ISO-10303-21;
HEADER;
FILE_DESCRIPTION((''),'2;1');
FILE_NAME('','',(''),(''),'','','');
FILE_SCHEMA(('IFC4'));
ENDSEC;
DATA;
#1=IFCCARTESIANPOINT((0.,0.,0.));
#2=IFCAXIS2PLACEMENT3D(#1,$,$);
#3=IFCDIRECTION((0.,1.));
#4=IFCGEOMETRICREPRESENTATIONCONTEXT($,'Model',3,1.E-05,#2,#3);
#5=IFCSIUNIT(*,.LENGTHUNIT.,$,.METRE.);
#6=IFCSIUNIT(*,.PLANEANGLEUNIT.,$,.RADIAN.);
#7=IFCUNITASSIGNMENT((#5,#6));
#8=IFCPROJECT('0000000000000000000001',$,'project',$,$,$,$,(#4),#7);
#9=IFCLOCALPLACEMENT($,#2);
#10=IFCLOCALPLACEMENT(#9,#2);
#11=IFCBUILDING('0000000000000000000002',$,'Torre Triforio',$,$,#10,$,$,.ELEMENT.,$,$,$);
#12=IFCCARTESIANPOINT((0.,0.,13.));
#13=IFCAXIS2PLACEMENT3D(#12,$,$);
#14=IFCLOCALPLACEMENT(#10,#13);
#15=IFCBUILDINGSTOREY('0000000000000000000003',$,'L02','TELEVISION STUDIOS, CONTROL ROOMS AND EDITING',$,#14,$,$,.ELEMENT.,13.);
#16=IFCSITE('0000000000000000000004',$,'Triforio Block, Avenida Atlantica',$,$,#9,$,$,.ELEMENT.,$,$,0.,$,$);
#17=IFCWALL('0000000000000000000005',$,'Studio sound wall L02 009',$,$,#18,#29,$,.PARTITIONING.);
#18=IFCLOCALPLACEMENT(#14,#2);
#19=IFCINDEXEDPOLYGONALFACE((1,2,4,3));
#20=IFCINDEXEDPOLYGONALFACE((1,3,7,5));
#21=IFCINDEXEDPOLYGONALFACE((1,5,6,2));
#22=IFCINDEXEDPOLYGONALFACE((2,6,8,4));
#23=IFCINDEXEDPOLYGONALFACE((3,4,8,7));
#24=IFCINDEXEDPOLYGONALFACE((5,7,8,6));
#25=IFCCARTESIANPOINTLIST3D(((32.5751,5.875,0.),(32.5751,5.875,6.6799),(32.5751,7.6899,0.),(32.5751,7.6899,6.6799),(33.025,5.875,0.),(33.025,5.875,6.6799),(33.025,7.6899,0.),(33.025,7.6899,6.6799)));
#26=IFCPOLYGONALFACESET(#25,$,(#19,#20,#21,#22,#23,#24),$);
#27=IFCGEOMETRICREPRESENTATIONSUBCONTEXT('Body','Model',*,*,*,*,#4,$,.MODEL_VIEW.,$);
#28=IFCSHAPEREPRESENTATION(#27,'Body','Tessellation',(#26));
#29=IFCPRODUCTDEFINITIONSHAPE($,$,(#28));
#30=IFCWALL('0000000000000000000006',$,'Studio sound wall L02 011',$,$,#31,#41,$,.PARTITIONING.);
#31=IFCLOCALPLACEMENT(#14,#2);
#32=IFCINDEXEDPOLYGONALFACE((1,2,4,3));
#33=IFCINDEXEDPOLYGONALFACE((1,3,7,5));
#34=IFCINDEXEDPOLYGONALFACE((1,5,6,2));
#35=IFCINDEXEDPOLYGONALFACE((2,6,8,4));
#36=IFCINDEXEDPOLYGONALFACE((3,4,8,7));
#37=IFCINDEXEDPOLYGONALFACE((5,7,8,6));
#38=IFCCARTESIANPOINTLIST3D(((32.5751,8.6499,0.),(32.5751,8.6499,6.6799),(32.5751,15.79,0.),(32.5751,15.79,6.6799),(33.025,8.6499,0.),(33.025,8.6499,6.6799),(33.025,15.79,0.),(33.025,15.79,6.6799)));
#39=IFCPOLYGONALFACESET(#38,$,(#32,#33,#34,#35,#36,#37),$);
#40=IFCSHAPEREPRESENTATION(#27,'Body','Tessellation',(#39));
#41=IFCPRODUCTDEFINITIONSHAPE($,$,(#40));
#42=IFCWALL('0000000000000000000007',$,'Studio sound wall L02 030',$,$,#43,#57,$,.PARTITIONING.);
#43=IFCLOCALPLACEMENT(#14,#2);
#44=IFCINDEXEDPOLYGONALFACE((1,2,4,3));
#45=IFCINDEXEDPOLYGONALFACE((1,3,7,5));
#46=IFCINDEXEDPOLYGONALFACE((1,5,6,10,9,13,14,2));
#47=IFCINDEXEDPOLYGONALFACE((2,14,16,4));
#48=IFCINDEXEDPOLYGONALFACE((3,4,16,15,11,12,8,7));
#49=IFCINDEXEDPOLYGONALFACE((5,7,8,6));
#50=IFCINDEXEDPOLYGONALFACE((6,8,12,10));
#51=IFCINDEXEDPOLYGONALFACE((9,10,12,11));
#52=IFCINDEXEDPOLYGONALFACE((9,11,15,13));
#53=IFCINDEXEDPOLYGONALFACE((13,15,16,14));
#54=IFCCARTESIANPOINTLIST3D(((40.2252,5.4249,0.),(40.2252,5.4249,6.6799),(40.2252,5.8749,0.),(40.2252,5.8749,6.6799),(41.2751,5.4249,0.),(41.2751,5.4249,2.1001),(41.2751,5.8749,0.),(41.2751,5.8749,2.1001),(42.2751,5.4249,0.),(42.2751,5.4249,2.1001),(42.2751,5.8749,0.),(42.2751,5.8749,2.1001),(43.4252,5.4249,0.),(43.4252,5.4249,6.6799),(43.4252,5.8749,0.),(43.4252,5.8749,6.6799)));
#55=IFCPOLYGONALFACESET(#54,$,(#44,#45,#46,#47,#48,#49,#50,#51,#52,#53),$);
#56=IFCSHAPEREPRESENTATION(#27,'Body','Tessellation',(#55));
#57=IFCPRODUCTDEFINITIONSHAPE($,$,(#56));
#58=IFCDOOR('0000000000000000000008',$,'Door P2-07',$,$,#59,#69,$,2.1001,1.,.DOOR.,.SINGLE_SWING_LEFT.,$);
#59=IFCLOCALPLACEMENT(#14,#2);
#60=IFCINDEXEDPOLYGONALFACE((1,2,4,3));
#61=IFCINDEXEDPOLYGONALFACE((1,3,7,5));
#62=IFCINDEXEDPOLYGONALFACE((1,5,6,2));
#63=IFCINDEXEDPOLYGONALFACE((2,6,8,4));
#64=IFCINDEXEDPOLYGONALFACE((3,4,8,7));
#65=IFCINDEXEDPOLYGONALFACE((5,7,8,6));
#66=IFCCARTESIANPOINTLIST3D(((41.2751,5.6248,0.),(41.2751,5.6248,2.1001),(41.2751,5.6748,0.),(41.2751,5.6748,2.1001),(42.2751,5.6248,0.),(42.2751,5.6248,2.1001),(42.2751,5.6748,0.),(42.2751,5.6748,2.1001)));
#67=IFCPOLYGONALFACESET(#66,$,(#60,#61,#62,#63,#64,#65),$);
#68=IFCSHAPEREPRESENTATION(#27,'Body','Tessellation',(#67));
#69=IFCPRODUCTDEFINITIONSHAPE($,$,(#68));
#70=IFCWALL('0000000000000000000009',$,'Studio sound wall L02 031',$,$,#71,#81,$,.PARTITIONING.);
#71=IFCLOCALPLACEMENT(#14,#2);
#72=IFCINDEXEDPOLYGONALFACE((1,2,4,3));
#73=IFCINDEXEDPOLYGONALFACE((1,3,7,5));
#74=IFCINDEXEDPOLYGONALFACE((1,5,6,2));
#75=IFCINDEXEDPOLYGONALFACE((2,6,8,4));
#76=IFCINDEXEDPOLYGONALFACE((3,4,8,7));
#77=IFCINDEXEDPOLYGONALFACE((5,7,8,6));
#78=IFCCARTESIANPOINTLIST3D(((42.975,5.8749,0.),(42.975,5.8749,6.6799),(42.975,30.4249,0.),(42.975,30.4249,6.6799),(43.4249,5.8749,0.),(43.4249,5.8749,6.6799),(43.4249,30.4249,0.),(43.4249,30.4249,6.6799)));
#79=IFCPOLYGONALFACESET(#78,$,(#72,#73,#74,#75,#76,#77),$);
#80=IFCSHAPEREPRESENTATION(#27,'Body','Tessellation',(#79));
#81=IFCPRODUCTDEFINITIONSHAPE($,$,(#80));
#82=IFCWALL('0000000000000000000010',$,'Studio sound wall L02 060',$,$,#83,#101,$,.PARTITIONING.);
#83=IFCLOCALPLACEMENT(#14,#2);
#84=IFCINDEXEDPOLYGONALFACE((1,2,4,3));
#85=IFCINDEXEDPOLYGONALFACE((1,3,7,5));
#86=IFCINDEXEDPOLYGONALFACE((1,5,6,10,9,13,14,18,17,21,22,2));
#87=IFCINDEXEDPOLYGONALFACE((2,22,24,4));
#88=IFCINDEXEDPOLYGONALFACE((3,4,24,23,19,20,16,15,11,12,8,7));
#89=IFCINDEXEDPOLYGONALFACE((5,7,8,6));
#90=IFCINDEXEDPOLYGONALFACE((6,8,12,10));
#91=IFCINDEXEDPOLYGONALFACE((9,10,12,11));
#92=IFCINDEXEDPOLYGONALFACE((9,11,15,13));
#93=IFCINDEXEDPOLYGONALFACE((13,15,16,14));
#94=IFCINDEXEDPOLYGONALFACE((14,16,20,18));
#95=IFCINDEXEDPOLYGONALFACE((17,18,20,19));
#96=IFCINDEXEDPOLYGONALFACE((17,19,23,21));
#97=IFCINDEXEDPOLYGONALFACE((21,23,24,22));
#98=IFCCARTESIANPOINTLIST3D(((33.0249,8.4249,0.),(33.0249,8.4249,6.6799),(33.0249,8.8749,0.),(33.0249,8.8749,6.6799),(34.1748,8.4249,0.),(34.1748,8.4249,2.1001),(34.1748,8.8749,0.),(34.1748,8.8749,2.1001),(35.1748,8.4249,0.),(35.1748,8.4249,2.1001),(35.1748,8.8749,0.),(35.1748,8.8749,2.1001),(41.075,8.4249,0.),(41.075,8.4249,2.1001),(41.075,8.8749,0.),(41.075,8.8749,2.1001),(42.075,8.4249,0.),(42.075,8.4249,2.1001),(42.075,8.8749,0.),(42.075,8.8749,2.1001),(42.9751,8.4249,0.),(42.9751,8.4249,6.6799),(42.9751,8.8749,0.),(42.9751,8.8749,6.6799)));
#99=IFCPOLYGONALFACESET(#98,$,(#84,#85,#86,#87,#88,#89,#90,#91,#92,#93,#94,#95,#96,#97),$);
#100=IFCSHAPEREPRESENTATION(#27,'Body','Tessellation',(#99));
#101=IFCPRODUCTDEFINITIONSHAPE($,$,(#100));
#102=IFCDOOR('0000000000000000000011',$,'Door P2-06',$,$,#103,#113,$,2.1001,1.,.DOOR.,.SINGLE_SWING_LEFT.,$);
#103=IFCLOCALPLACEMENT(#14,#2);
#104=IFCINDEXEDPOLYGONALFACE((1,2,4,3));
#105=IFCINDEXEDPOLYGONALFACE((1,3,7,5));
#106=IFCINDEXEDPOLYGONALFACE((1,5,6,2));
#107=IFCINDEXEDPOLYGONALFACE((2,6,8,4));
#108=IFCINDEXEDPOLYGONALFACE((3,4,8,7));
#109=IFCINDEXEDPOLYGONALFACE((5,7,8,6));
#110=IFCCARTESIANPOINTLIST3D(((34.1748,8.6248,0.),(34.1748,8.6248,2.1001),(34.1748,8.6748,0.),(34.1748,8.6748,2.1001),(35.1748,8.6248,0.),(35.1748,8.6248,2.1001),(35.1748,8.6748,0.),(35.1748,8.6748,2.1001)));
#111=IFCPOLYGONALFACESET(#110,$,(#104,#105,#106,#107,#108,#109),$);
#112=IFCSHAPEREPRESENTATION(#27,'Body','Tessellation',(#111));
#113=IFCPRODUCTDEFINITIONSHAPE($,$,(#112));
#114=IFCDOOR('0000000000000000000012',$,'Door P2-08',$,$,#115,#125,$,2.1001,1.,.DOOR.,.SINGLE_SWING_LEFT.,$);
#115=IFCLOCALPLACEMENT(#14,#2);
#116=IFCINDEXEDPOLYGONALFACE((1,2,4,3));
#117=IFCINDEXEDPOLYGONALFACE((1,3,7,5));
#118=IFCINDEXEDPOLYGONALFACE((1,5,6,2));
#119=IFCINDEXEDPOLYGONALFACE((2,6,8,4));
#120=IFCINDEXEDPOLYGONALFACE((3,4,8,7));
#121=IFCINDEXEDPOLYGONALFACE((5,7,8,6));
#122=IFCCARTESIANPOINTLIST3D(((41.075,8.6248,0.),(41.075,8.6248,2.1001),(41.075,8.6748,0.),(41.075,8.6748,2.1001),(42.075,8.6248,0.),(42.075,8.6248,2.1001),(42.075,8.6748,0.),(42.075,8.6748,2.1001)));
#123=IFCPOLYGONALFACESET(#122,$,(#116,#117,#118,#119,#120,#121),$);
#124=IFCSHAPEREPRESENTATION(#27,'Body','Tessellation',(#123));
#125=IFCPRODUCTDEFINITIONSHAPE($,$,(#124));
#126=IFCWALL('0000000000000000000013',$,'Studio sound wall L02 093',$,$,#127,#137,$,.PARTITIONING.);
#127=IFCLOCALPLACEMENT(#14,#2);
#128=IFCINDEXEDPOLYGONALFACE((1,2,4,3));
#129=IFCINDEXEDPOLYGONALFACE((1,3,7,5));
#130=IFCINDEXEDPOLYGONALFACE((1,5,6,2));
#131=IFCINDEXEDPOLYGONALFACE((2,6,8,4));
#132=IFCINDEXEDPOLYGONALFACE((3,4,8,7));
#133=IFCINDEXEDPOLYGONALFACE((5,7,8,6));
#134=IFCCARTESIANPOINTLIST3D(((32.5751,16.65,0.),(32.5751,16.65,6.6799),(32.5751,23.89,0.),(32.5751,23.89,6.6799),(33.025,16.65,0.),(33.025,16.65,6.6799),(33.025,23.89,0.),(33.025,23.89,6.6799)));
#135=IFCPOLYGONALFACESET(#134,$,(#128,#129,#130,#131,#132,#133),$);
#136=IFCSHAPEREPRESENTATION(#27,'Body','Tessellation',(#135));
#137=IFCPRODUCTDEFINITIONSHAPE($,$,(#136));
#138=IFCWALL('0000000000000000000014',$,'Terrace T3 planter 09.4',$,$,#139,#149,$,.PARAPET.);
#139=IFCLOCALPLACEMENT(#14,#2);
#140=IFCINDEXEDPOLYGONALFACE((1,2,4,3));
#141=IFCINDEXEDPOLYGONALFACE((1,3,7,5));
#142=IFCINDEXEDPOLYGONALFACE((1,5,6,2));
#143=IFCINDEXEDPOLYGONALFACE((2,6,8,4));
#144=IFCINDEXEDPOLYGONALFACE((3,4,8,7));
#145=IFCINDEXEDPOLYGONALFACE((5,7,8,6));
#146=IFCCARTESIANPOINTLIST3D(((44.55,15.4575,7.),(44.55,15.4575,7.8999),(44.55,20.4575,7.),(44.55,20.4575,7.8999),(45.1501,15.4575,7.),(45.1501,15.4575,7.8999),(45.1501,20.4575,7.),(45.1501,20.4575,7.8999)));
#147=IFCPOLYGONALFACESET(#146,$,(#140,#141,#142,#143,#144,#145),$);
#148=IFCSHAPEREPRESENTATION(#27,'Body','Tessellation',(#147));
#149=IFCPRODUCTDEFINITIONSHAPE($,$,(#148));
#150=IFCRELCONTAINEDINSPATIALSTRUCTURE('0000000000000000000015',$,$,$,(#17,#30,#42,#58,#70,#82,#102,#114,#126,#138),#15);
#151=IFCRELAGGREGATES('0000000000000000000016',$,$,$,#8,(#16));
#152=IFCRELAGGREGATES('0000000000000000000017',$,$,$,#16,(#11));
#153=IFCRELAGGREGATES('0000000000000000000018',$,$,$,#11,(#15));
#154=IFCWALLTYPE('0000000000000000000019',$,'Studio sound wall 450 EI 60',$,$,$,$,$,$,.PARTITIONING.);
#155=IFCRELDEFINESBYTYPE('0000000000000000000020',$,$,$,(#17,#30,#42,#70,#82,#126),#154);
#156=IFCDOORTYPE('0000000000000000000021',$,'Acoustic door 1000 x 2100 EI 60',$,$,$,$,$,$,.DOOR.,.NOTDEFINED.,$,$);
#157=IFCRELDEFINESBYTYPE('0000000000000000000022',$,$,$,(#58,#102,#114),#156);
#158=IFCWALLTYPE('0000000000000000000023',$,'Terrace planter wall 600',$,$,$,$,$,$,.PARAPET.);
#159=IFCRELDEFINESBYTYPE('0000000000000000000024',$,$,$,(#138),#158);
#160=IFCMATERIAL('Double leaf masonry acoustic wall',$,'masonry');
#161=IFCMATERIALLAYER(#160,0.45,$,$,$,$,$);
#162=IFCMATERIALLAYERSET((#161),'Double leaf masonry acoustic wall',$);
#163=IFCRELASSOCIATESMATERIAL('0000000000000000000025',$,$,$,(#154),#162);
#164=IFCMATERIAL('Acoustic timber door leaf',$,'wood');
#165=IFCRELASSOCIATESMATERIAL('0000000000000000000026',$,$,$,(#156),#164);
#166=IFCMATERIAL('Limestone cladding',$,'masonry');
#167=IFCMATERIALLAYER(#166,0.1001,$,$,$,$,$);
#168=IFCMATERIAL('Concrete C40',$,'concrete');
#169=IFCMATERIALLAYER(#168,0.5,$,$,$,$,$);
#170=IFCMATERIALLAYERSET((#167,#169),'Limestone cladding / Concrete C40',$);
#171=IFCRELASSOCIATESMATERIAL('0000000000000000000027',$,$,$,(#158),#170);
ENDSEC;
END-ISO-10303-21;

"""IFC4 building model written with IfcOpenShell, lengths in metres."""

from ifc_helpers import new_model, si_unit, direction, frame, frame_2d, origin, place, context, subcontext, project, spatial, rectangle, extrude, material, layer, layer_set, type_object, element, fill, save


model = new_model("IFC4")

# Units and contexts
model_context = context("Model", 3, precision=1e-05, world=origin(), true_north=direction((0.0, 1.0)))
body_context = subcontext(model_context, "Body", "Model", "MODEL_VIEW")
ifc_project = project(units=[si_unit("LENGTHUNIT", "METRE"), si_unit("PLANEANGLEUNIT", "RADIAN")], contexts=[model_context])

# Site, building, storey
site_placement = place(None, origin())
site = spatial("IfcSite", under=ifc_project, at=site_placement, Name="Triforio Block, Avenida Atlantica", CompositionType="ELEMENT", RefElevation=0.0)
building_placement = place(site_placement, origin())
building = spatial("IfcBuilding", under=site, at=building_placement, Name="Torre Triforio", CompositionType="ELEMENT")
storey_placement = place(building_placement, frame((0.0, 0.0, 13.0)))
storey = spatial("IfcBuildingStorey", under=building, at=storey_placement, Name="L02", Description="TELEVISION STUDIOS, CONTROL ROOMS AND EDITING", CompositionType="ELEMENT", Elevation=13.0)

# Shared definitions
ifc_material_1 = material(Name="Limestone cladding", Category="masonry")
ifc_material_2 = material(Name="Concrete C40", Category="concrete")

# Walls
ifc_material_3 = material(Name="Double leaf masonry acoustic wall", Category="masonry")
ifc_layer_1 = layer(ifc_material_3, 0.45)
ifc_layer_set_1 = layer_set([ifc_layer_1], Name="Double leaf masonry acoustic wall")
wall_type_1 = type_object("IfcWallType", Name="Studio sound wall 450 EI 60", PredefinedType="PARTITIONING", material=ifc_layer_set_1)
wall_1_placement = place(storey_placement, frame((32.8, 5.875, 0.0), z_axis=(0.0, 0.0, 1.0), x_axis=(0.0, 1.0, 0.0)))
element("IfcWall", 1, at=wall_1_placement, inside=storey, type_object=wall_type_1, Name="Studio sound wall L02 009", PredefinedType="PARTITIONING", context=body_context, shape_type="SweptSolid", body=[
    extrude(rectangle(XDim=1.8149, YDim=0.45, at=frame_2d((0.9075, 0.0))), origin(), (0.0, 0.0, 1.0), 6.6799),
])
wall_2_placement = place(storey_placement, frame((32.8, 8.6499, 0.0), z_axis=(0.0, 0.0, 1.0), x_axis=(0.0, 1.0, 0.0)))
element("IfcWall", 2, at=wall_2_placement, inside=storey, type_object=wall_type_1, Name="Studio sound wall L02 011", PredefinedType="PARTITIONING", context=body_context, shape_type="SweptSolid", body=[
    extrude(rectangle(XDim=7.1401, YDim=0.45, at=frame_2d((3.5701, 0.0))), origin(), (0.0, 0.0, 1.0), 6.6799),
])

# Wall, opening, door
wall_3_placement = place(storey_placement, frame((40.2251, 5.6499, 0.0), z_axis=(0.0, 0.0, 1.0), x_axis=(1.0, 0.0, 0.0)))
wall_3 = element("IfcWall", 3, at=wall_3_placement, inside=storey, type_object=wall_type_1, Name="Studio sound wall L02 030", PredefinedType="PARTITIONING", context=body_context, shape_type="SweptSolid", body=[
    extrude(rectangle(XDim=3.2, YDim=0.45, at=frame_2d((1.6001, 0.0))), origin(), (0.0, 0.0, 1.0), 6.6799),
])
opening_1_placement = place(wall_3_placement, frame((1.05, 0.0, 0.0)))
opening_1 = element("IfcOpeningElement", 4, at=opening_1_placement, cuts=wall_3, PredefinedType="OPENING", context=body_context, shape_type="SweptSolid", body=[
    extrude(rectangle(XDim=1.0, YDim=2.1001, at=frame_2d((0.5, 1.05))), frame((0.0, 0.2349, 0.0), z_axis=(0.0, -1.0, 0.0), x_axis=(1.0, 0.0, 0.0)), (0.0, 0.0, 1.0), 0.47),
])
ifc_material_4 = material(Name="Acoustic timber door leaf", Category="wood")
door_type_1 = type_object("IfcDoorType", Name="Acoustic door 1000 x 2100 EI 60", OperationType="NOTDEFINED", PredefinedType="DOOR", material=ifc_material_4)
door_1_placement = place(opening_1_placement, origin())
door_1 = element("IfcDoor", 5, at=door_1_placement, inside=storey, type_object=door_type_1, Name="Door P2-07", OperationType="SINGLE_SWING_LEFT", OverallHeight=2.1001, OverallWidth=1.0, PredefinedType="DOOR", context=body_context, shape_type="SweptSolid", body=[
    extrude(rectangle(XDim=1.0, YDim=2.1001, at=frame_2d((0.5, 1.05))), frame((0.0, 0.0249, 0.0), z_axis=(0.0, -1.0, 0.0), x_axis=(1.0, 0.0, 0.0)), (0.0, 0.0, 1.0), 0.05),
])
fill(opening_1, door_1)

# Wall
wall_4_placement = place(storey_placement, frame((43.2, 5.875, 0.0), z_axis=(0.0, 0.0, 1.0), x_axis=(0.0, 1.0, 0.0)))
element("IfcWall", 6, at=wall_4_placement, inside=storey, type_object=wall_type_1, Name="Studio sound wall L02 031", PredefinedType="PARTITIONING", context=body_context, shape_type="SweptSolid", body=[
    extrude(rectangle(XDim=24.55, YDim=0.45, at=frame_2d((12.2749, 0.0))), origin(), (0.0, 0.0, 1.0), 6.6799),
])

# Wall, openings, doors
wall_5_placement = place(storey_placement, frame((33.0249, 8.6499, 0.0), z_axis=(0.0, 0.0, 1.0), x_axis=(1.0, 0.0, 0.0)))
wall_5 = element("IfcWall", 7, at=wall_5_placement, inside=storey, type_object=wall_type_1, Name="Studio sound wall L02 060", PredefinedType="PARTITIONING", context=body_context, shape_type="SweptSolid", body=[
    extrude(rectangle(XDim=9.9502, YDim=0.45, at=frame_2d((4.9751, 0.0))), origin(), (0.0, 0.0, 1.0), 6.6799),
])
opening_2_placement = place(wall_5_placement, frame((1.1499, 0.0, 0.0)))
opening_2 = element("IfcOpeningElement", 8, at=opening_2_placement, cuts=wall_5, PredefinedType="OPENING", context=body_context, shape_type="SweptSolid", body=[
    extrude(rectangle(XDim=1.0, YDim=2.1001, at=frame_2d((0.5, 1.05))), frame((0.0, 0.2349, 0.0), z_axis=(0.0, -1.0, 0.0), x_axis=(1.0, 0.0, 0.0)), (0.0, 0.0, 1.0), 0.47),
])
opening_3_placement = place(wall_5_placement, frame((8.05, 0.0, 0.0)))
opening_3 = element("IfcOpeningElement", 9, at=opening_3_placement, cuts=wall_5, PredefinedType="OPENING", context=body_context, shape_type="SweptSolid", body=[
    extrude(rectangle(XDim=1.0, YDim=2.1001, at=frame_2d((0.5, 1.05))), frame((0.0, 0.2349, 0.0), z_axis=(0.0, -1.0, 0.0), x_axis=(1.0, 0.0, 0.0)), (0.0, 0.0, 1.0), 0.47),
])
door_2_placement = place(opening_2_placement, origin())
door_2 = element("IfcDoor", 10, at=door_2_placement, inside=storey, type_object=door_type_1, Name="Door P2-06", OperationType="SINGLE_SWING_LEFT", OverallHeight=2.1001, OverallWidth=1.0, PredefinedType="DOOR", context=body_context, shape_type="SweptSolid", body=[
    extrude(rectangle(XDim=1.0, YDim=2.1001, at=frame_2d((0.5, 1.05))), frame((0.0, 0.0249, 0.0), z_axis=(0.0, -1.0, 0.0), x_axis=(1.0, 0.0, 0.0)), (0.0, 0.0, 1.0), 0.05),
])
fill(opening_2, door_2)
door_3_placement = place(opening_3_placement, origin())
door_3 = element("IfcDoor", 11, at=door_3_placement, inside=storey, type_object=door_type_1, Name="Door P2-08", OperationType="SINGLE_SWING_LEFT", OverallHeight=2.1001, OverallWidth=1.0, PredefinedType="DOOR", context=body_context, shape_type="SweptSolid", body=[
    extrude(rectangle(XDim=1.0, YDim=2.1001, at=frame_2d((0.5, 1.05))), frame((0.0, 0.0249, 0.0), z_axis=(0.0, -1.0, 0.0), x_axis=(1.0, 0.0, 0.0)), (0.0, 0.0, 1.0), 0.05),
])
fill(opening_3, door_3)

# Walls
wall_6_placement = place(storey_placement, frame((32.8, 16.6499, 0.0), z_axis=(0.0, 0.0, 1.0), x_axis=(0.0, 1.0, 0.0)))
element("IfcWall", 12, at=wall_6_placement, inside=storey, type_object=wall_type_1, Name="Studio sound wall L02 093", PredefinedType="PARTITIONING", context=body_context, shape_type="SweptSolid", body=[
    extrude(rectangle(XDim=7.24, YDim=0.45, at=frame_2d((3.6201, 0.0))), origin(), (0.0, 0.0, 1.0), 6.6799),
])
ifc_layer_2 = layer(ifc_material_1, 0.1001)
ifc_layer_3 = layer(ifc_material_2, 0.5)
ifc_layer_set_2 = layer_set([ifc_layer_2, ifc_layer_3], Name="Limestone cladding / Concrete C40")
wall_type_2 = type_object("IfcWallType", Name="Terrace planter wall 600", PredefinedType="PARAPET", material=ifc_layer_set_2)
wall_7_placement = place(storey_placement, frame((44.8501, 15.4575, 7.0), z_axis=(0.0, 0.0, 1.0), x_axis=(0.0, 1.0, 0.0)))
element("IfcWall", 13, at=wall_7_placement, inside=storey, type_object=wall_type_2, Name="Terrace T3 planter 09.4", PredefinedType="PARAPET", context=body_context, shape_type="SweptSolid", body=[
    extrude(rectangle(XDim=5.0, YDim=0.6001, at=frame_2d((2.5, 0.0))), origin(), (0.0, 0.0, 1.0), 0.8999),
])

save(model, "model.ifc")
